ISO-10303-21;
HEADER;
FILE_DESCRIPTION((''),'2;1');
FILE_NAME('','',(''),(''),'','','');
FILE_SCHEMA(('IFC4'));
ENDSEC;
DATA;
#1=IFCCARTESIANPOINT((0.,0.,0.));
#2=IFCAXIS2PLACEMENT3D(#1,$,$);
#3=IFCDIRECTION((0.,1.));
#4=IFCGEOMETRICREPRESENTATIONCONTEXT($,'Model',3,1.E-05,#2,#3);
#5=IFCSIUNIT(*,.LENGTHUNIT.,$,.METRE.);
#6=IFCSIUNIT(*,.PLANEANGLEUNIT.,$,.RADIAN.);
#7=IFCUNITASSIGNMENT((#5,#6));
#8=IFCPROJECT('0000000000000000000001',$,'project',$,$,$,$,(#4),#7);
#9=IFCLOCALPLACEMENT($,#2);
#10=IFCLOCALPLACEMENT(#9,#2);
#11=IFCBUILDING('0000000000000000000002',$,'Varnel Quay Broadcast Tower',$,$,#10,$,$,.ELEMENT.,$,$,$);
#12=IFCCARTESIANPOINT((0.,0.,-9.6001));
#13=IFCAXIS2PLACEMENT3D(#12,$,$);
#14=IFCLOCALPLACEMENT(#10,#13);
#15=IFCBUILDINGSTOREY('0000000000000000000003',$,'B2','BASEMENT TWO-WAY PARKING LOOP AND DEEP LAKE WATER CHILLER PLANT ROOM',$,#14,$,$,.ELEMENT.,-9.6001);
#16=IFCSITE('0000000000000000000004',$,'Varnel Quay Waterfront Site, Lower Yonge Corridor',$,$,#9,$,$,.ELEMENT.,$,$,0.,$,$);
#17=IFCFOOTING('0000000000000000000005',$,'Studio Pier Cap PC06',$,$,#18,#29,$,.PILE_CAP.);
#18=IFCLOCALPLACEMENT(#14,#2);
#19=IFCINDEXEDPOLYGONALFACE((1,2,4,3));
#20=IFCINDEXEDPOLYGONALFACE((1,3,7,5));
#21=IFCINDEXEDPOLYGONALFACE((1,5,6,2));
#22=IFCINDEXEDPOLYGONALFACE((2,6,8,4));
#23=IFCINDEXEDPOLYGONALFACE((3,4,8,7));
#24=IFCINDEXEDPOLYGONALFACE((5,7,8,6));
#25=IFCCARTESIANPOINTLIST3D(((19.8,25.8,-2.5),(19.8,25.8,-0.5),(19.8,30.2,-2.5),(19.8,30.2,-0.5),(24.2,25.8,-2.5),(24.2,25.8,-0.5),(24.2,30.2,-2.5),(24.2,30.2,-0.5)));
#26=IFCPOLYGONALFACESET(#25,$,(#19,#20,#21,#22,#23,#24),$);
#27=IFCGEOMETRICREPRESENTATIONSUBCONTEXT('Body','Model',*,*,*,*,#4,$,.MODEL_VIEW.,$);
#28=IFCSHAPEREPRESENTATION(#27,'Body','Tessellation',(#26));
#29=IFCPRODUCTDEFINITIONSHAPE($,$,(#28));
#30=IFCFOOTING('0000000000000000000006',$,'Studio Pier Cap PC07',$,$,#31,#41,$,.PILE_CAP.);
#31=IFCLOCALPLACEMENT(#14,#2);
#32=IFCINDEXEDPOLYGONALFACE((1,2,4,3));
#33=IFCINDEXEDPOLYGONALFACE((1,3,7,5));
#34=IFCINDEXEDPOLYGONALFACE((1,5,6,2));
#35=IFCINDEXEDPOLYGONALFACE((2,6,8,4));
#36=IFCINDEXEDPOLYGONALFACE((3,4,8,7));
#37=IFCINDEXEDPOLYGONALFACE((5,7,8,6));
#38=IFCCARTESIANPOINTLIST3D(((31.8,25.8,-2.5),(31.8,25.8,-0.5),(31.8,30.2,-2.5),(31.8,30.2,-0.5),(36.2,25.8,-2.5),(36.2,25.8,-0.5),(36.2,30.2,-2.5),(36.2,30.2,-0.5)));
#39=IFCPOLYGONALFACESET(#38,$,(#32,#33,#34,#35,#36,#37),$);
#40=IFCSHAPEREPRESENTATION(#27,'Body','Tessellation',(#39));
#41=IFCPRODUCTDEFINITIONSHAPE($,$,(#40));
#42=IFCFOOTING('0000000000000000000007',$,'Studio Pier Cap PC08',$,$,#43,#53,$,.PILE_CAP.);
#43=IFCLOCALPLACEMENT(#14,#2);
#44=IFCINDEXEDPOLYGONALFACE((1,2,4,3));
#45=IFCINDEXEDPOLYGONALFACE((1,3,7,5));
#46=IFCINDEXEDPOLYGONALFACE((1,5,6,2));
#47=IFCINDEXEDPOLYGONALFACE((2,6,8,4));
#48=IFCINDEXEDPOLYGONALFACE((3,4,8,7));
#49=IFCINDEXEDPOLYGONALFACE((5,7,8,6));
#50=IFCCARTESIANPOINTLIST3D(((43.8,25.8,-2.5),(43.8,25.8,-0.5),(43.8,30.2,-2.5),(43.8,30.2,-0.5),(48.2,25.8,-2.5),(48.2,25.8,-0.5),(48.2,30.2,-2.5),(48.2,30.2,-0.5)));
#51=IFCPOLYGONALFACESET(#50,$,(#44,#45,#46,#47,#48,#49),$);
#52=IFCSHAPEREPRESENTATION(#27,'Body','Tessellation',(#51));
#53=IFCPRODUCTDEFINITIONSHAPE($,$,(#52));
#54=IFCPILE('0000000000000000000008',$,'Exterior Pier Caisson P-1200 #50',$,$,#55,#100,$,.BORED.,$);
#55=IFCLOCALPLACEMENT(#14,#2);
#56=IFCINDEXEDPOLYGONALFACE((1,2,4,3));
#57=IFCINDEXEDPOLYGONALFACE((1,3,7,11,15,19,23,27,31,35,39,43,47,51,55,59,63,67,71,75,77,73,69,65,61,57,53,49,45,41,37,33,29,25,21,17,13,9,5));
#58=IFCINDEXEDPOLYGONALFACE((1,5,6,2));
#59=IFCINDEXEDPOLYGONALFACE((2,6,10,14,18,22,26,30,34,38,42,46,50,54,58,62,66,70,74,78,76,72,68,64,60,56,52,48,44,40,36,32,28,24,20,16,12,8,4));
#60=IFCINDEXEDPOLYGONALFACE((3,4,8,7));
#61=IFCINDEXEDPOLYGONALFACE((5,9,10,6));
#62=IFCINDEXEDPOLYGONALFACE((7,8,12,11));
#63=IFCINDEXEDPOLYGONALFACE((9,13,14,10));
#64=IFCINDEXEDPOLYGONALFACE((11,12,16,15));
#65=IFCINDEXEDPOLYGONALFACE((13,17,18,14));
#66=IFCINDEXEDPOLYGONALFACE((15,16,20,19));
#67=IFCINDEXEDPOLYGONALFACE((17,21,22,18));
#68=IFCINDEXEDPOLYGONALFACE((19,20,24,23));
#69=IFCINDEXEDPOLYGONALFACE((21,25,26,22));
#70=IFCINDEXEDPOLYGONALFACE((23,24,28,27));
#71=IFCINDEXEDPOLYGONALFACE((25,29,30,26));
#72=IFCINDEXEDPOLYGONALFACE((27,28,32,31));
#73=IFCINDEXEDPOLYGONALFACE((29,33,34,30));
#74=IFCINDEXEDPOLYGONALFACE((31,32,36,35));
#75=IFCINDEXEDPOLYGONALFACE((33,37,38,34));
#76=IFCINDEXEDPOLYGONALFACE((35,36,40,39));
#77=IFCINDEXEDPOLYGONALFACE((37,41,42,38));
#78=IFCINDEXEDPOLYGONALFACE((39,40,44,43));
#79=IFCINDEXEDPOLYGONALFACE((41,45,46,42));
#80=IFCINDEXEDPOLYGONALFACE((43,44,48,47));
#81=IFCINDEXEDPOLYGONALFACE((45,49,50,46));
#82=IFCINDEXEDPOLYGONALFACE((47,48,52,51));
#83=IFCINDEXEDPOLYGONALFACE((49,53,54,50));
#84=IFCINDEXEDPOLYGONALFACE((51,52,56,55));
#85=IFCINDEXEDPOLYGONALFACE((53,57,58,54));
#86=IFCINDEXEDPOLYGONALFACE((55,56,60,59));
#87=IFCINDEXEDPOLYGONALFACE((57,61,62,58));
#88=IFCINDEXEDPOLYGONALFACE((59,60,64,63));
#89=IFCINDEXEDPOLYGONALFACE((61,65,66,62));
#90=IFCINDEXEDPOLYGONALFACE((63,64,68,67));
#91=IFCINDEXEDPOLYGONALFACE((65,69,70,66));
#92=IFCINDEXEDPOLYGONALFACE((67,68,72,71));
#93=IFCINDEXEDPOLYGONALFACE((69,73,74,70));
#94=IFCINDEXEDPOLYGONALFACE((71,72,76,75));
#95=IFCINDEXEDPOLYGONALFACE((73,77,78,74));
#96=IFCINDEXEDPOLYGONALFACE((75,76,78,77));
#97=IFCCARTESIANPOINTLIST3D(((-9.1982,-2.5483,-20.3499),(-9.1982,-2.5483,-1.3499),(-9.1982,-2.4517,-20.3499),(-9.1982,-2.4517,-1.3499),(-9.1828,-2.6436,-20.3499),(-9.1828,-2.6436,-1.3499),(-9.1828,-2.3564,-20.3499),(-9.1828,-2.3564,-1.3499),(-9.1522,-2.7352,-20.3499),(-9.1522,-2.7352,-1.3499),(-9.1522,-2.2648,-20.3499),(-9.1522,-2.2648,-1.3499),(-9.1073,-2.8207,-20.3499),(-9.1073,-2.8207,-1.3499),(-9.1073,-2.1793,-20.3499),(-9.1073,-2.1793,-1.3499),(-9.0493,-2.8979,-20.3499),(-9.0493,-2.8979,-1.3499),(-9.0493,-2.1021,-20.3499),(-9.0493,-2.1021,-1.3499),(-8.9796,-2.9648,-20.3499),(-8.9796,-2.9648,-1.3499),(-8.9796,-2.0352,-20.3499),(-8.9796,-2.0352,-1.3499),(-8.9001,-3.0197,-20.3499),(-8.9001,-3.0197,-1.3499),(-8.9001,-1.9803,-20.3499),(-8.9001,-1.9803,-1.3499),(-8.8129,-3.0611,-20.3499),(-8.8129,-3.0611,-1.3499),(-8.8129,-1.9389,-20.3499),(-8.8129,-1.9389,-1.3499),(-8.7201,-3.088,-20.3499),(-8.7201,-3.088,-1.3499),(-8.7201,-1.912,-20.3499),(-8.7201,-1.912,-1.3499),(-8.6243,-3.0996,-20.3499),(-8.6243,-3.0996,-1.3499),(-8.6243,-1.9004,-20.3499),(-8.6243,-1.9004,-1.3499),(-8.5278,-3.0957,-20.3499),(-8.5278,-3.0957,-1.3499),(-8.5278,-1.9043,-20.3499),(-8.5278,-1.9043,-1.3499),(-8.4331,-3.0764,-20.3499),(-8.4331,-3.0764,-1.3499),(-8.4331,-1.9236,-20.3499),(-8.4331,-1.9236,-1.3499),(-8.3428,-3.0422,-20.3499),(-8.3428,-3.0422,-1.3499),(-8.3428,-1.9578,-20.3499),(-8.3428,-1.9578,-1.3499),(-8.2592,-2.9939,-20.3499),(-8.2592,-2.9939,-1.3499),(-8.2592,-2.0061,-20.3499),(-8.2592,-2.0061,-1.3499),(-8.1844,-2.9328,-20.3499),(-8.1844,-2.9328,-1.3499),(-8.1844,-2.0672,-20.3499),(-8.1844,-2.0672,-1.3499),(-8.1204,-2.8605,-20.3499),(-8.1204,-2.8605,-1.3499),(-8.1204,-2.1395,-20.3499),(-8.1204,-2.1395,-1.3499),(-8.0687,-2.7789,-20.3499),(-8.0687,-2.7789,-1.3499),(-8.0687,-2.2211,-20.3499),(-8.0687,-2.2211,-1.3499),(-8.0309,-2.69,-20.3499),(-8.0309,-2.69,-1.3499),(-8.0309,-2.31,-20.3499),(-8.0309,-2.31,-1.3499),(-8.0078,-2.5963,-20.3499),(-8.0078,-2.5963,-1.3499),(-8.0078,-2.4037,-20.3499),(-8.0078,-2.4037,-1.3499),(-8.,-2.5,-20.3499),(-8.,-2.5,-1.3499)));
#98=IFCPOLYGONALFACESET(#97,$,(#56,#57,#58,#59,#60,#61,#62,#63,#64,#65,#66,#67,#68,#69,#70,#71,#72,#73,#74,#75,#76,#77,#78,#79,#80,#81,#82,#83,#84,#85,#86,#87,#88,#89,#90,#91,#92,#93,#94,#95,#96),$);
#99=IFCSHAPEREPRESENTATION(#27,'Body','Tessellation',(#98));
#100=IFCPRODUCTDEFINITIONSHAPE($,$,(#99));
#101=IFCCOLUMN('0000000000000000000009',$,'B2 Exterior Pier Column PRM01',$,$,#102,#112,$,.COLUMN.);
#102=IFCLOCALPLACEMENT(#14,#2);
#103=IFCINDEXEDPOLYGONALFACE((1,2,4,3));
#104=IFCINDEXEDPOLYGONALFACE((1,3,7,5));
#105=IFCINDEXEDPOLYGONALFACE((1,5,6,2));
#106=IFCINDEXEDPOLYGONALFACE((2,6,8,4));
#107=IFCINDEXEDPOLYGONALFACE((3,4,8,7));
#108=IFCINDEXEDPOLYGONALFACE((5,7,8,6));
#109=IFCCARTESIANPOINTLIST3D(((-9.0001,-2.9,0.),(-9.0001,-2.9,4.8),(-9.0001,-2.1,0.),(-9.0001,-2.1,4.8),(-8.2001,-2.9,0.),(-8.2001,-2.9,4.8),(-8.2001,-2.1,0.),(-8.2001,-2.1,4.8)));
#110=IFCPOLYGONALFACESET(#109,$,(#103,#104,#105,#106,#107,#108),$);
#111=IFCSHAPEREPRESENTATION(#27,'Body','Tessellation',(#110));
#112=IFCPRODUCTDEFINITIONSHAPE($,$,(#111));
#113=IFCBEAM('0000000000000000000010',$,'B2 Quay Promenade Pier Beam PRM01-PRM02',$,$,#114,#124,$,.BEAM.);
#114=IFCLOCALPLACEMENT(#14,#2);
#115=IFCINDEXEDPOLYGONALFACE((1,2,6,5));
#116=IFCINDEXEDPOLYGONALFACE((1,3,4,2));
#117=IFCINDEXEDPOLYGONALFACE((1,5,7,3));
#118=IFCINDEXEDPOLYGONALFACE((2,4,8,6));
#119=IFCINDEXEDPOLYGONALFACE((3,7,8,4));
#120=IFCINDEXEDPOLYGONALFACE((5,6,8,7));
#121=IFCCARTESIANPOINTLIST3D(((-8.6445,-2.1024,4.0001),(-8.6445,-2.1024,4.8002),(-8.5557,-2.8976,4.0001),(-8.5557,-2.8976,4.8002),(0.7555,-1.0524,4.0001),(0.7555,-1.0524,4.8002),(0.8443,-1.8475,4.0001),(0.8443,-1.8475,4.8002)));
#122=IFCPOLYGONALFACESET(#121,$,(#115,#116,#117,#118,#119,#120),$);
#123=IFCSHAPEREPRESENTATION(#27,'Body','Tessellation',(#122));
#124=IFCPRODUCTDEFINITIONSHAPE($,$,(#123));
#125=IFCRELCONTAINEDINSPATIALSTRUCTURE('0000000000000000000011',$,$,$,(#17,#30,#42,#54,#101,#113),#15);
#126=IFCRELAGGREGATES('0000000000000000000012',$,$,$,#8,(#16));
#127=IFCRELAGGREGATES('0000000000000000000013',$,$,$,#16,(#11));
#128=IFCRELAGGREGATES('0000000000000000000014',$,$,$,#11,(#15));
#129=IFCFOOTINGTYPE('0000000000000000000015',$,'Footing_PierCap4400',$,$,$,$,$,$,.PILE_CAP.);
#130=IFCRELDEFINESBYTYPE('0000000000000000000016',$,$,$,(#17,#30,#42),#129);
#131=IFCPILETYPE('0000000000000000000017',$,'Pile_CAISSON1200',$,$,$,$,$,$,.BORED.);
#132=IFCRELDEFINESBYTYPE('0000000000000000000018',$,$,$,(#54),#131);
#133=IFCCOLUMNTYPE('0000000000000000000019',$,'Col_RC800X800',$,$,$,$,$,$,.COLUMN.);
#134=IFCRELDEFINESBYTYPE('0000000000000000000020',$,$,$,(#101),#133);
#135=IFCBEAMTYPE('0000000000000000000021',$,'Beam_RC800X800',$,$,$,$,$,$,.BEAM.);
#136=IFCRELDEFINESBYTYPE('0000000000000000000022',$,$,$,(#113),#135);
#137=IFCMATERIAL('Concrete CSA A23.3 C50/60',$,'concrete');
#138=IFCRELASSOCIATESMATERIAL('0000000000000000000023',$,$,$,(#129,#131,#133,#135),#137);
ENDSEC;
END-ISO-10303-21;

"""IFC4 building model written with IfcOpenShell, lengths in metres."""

from ifc_helpers import new_model, si_unit, direction, frame, origin, origin_2d, place, context, subcontext, project, spatial, polyline, rectangle, circle, outline, extrude, source, transform, mapped, material, material_profile, profile_set, type_object, type_shapes, element, save


model = new_model("IFC4")

# Units and contexts
model_context = context("Model", 3, precision=1e-05, world=origin(), true_north=direction((0.0, 1.0)))
body_context = subcontext(model_context, "Body", "Model", "MODEL_VIEW")
ifc_project = project(units=[si_unit("LENGTHUNIT", "METRE"), si_unit("PLANEANGLEUNIT", "RADIAN")], contexts=[model_context])

# Site, building, storey
site_placement = place(None, origin())
site = spatial("IfcSite", under=ifc_project, at=site_placement, Name="Varnel Quay Waterfront Site, Lower Yonge Corridor", CompositionType="ELEMENT", RefElevation=0.0)
building_placement = place(site_placement, origin())
building = spatial("IfcBuilding", under=site, at=building_placement, Name="Varnel Quay Broadcast Tower", CompositionType="ELEMENT")
storey_placement = place(building_placement, frame((0.0, 0.0, -9.6001)))
storey = spatial("IfcBuildingStorey", under=building, at=storey_placement, Name="B2", Description="BASEMENT TWO-WAY PARKING LOOP AND DEEP LAKE WATER CHILLER PLANT ROOM", CompositionType="ELEMENT", Elevation=-9.6001)

# Footings
ifc_material = material(Name="Concrete CSA A23.3 C50/60", Category="concrete")
footing_type_1 = type_object("IfcFootingType", Name="Footing_PierCap4400", PredefinedType="PILE_CAP", material=ifc_material)
footing_1_placement = place(storey_placement, frame((0.0, 0.0, -2.5)))
element("IfcFooting", 1, at=footing_1_placement, inside=storey, type_object=footing_type_1, Name="Studio Pier Cap PC06", PredefinedType="PILE_CAP", context=body_context, shape_type="SweptSolid", body=[
    extrude(outline(polyline([(19.8, 25.8), (24.2, 25.8), (24.2, 30.2), (19.8, 30.2), (19.8, 25.8)])), origin(), (0.0, 0.0, 1.0), 2.0),
])
footing_2_placement = place(storey_placement, frame((0.0, 0.0, -2.5)))
element("IfcFooting", 2, at=footing_2_placement, inside=storey, type_object=footing_type_1, Name="Studio Pier Cap PC07", PredefinedType="PILE_CAP", context=body_context, shape_type="SweptSolid", body=[
    extrude(outline(polyline([(31.8, 25.8), (36.2, 25.8), (36.2, 30.2), (31.8, 30.2), (31.8, 25.8)])), origin(), (0.0, 0.0, 1.0), 2.0),
])
footing_3_placement = place(storey_placement, frame((0.0, 0.0, -2.5)))
element("IfcFooting", 3, at=footing_3_placement, inside=storey, type_object=footing_type_1, Name="Studio Pier Cap PC08", PredefinedType="PILE_CAP", context=body_context, shape_type="SweptSolid", body=[
    extrude(outline(polyline([(43.8, 25.8), (48.2, 25.8), (48.2, 30.2), (43.8, 30.2), (43.8, 25.8)])), origin(), (0.0, 0.0, 1.0), 2.0),
])

# Pile
ifc_material_profile_1 = material_profile(ifc_material, circle(Radius=0.6001, at=origin_2d()), Name="CAISSON1200")
ifc_profile_set_1 = profile_set([ifc_material_profile_1], Name="Concrete CSA A23.3 C50/60")
pile_type = type_object("IfcPileType", Name="Pile_CAISSON1200", PredefinedType="BORED", material=ifc_profile_set_1)
shared_shape_1 = source(origin(), body_context, "Body", "SweptSolid", [
    extrude(circle(Radius=0.6001, at=origin_2d()), origin(), (0.0, 0.0, 1.0), 19.0),
])
type_shapes(pile_type, [shared_shape_1])
pile_placement = place(storey_placement, frame((-8.6001, -2.5, -1.3499), z_axis=(0.0, 0.0, -1.0), x_axis=(1.0, 0.0, 0.0)))
element("IfcPile", 4, at=pile_placement, inside=storey, type_object=pile_type, Name="Exterior Pier Caisson P-1200 #50", PredefinedType="BORED", context=body_context, shape_type="MappedRepresentation", body=[
    mapped(shared_shape_1, transform((0.0, 0.0, 0.0), x_axis=(1.0, 0.0, 0.0), y_axis=(0.0, 1.0, 0.0), z_axis=(0.0, 0.0, 1.0), scale=1.0)),
])

# Column
ifc_material_profile_2 = material_profile(ifc_material, rectangle(XDim=0.8, YDim=0.8, at=origin_2d()), Name="RC800X800")
ifc_profile_set_2 = profile_set([ifc_material_profile_2], Name="Concrete CSA A23.3 C50/60")
column_type = type_object("IfcColumnType", Name="Col_RC800X800", PredefinedType="COLUMN", material=ifc_profile_set_2)
shared_shape_2 = source(origin(), body_context, "Body", "SweptSolid", [
    extrude(rectangle(XDim=0.8, YDim=0.8, at=origin_2d()), origin(), (0.0, 0.0, 1.0), 4.8),
])
type_shapes(column_type, [shared_shape_2])
column_placement = place(storey_placement, frame((-8.6001, -2.5, 0.0), z_axis=(0.0, 0.0, 1.0), x_axis=(1.0, 0.0, 0.0)))
element("IfcColumn", 5, at=column_placement, inside=storey, type_object=column_type, Name="B2 Exterior Pier Column PRM01", PredefinedType="COLUMN", context=body_context, shape_type="MappedRepresentation", body=[
    mapped(shared_shape_2, transform((0.0, 0.0, 0.0), x_axis=(1.0, 0.0, 0.0), y_axis=(0.0, 1.0, 0.0), z_axis=(0.0, 0.0, 1.0), scale=1.0)),
])

# Beam
ifc_material_profile_3 = material_profile(ifc_material, rectangle(XDim=0.8, YDim=0.8, at=origin_2d()), Name="RC800X800")
ifc_profile_set_3 = profile_set([ifc_material_profile_3], Name="Concrete CSA A23.3 C50/60")
beam_type = type_object("IfcBeamType", Name="Beam_RC800X800", PredefinedType="BEAM", material=ifc_profile_set_3)
shared_shape_3 = source(origin(), body_context, "Body", "SweptSolid", [
    extrude(rectangle(XDim=0.8, YDim=0.8, at=origin_2d()), origin(), (0.0, 0.0, 1.0), 9.4585),
])
type_shapes(beam_type, [shared_shape_3])
beam_placement = place(storey_placement, frame((-8.6001, -2.5, 4.4001), z_axis=(0.993819, 0.111015, 0.0), x_axis=(-0.111015, 0.993819, 0.0)))
element("IfcBeam", 6, at=beam_placement, inside=storey, type_object=beam_type, Name="B2 Quay Promenade Pier Beam PRM01-PRM02", PredefinedType="BEAM", context=body_context, shape_type="MappedRepresentation", body=[
    mapped(shared_shape_3, transform((0.0, 0.0, 0.0), x_axis=(1.0, 0.0, 0.0), y_axis=(0.0, 1.0, 0.0), z_axis=(0.0, 0.0, 1.0), scale=1.0)),
])

save(model, "model.ifc")
